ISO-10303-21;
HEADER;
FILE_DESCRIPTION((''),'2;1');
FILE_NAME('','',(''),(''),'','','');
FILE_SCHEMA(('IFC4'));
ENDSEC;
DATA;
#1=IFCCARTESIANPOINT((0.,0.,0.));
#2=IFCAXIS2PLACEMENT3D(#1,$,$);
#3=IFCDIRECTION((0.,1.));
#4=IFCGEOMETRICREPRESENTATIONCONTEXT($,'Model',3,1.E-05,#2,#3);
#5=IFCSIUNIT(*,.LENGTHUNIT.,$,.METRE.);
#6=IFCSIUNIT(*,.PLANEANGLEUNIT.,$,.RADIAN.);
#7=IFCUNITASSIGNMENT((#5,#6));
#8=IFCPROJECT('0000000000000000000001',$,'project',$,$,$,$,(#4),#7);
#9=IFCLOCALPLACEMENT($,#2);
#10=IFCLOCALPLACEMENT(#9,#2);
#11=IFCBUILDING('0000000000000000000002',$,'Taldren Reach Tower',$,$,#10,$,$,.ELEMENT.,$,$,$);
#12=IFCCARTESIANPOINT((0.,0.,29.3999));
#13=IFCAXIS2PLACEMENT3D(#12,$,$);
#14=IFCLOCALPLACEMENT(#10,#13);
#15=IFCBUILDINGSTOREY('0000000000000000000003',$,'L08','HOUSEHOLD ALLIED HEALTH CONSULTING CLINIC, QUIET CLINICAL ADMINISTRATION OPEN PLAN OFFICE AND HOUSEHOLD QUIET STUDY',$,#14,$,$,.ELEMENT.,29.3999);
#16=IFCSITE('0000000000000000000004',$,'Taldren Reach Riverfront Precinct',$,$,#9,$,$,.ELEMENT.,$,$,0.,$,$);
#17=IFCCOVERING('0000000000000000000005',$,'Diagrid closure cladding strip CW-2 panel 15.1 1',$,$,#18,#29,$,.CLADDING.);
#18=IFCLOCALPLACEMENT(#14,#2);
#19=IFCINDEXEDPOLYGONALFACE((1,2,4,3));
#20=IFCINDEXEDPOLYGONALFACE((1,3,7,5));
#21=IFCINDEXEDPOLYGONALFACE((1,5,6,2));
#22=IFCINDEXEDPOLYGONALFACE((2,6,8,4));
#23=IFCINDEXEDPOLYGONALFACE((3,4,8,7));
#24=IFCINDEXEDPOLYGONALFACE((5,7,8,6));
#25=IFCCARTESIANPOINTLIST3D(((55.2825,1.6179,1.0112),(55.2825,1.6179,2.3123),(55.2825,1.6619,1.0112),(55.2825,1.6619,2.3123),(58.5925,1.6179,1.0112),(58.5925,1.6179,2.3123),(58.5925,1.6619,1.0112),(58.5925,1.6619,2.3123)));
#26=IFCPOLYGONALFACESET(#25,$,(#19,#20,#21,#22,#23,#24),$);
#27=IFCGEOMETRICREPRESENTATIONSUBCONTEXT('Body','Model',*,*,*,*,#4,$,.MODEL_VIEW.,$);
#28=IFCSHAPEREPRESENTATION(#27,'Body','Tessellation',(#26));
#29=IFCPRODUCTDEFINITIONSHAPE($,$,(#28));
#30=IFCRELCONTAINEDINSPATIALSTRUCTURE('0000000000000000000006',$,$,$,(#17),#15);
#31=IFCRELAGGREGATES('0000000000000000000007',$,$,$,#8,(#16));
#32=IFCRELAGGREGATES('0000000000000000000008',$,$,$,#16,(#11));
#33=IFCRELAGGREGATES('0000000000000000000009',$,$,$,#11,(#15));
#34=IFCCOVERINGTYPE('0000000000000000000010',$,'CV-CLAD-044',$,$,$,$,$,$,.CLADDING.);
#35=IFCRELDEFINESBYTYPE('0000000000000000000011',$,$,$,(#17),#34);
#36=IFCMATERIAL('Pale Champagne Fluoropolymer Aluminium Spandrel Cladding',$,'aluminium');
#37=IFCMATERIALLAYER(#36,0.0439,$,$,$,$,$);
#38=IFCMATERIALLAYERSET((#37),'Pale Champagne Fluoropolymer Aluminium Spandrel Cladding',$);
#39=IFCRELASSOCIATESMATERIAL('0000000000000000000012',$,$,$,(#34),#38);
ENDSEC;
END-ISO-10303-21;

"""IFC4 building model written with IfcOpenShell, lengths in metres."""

from ifc_helpers import new_model, si_unit, direction, frame, origin, origin_2d, place, context, subcontext, project, spatial, rectangle, extrude, source, transform, mapped, material, layer, layer_set, type_object, element, save


model = new_model("IFC4")

# Units and contexts
model_context = context("Model", 3, precision=1e-05, world=origin(), true_north=direction((0.0, 1.0)))
body_context = subcontext(model_context, "Body", "Model", "MODEL_VIEW")
ifc_project = project(units=[si_unit("LENGTHUNIT", "METRE"), si_unit("PLANEANGLEUNIT", "RADIAN")], contexts=[model_context])

# Site, building, storey
site_placement = place(None, origin())
site = spatial("IfcSite", under=ifc_project, at=site_placement, Name="Taldren Reach Riverfront Precinct", CompositionType="ELEMENT", RefElevation=0.0)
building_placement = place(site_placement, origin())
building = spatial("IfcBuilding", under=site, at=building_placement, Name="Taldren Reach Tower", CompositionType="ELEMENT")
storey_placement = place(building_placement, frame((0.0, 0.0, 29.3999)))
storey = spatial("IfcBuildingStorey", under=building, at=storey_placement, Name="L08", Description="HOUSEHOLD ALLIED HEALTH CONSULTING CLINIC, QUIET CLINICAL ADMINISTRATION OPEN PLAN OFFICE AND HOUSEHOLD QUIET STUDY", CompositionType="ELEMENT", Elevation=29.3999)

# Covering
ifc_material_1 = material(Name="Pale Champagne Fluoropolymer Aluminium Spandrel Cladding", Category="aluminium")
ifc_layer_1 = layer(ifc_material_1, 0.0439)
ifc_layer_set_1 = layer_set([ifc_layer_1], Name="Pale Champagne Fluoropolymer Aluminium Spandrel Cladding")
covering_type = type_object("IfcCoveringType", Name="CV-CLAD-044", PredefinedType="CLADDING", material=ifc_layer_set_1)
shared_shape_1 = source(origin(), body_context, "Body", "SweptSolid", [
    extrude(rectangle(XDim=3.3101, YDim=0.0439, at=origin_2d()), origin(), (0.0, 0.0, 1.0), 1.301),
])
covering_1_placement = place(storey_placement, frame((56.9375, 1.6399, 1.0112), z_axis=(0.0, 0.0, 1.0), x_axis=(1.0, 0.0, 0.0)))
element("IfcCovering", 1, at=covering_1_placement, inside=storey, type_object=covering_type, Name="Diagrid closure cladding strip CW-2 panel 15.1 1", PredefinedType="CLADDING", context=body_context, shape_type="MappedRepresentation", body=[
    mapped(shared_shape_1, transform((0.0, 0.0, 0.0), scale=1.0)),
])

save(model, "model.ifc")
